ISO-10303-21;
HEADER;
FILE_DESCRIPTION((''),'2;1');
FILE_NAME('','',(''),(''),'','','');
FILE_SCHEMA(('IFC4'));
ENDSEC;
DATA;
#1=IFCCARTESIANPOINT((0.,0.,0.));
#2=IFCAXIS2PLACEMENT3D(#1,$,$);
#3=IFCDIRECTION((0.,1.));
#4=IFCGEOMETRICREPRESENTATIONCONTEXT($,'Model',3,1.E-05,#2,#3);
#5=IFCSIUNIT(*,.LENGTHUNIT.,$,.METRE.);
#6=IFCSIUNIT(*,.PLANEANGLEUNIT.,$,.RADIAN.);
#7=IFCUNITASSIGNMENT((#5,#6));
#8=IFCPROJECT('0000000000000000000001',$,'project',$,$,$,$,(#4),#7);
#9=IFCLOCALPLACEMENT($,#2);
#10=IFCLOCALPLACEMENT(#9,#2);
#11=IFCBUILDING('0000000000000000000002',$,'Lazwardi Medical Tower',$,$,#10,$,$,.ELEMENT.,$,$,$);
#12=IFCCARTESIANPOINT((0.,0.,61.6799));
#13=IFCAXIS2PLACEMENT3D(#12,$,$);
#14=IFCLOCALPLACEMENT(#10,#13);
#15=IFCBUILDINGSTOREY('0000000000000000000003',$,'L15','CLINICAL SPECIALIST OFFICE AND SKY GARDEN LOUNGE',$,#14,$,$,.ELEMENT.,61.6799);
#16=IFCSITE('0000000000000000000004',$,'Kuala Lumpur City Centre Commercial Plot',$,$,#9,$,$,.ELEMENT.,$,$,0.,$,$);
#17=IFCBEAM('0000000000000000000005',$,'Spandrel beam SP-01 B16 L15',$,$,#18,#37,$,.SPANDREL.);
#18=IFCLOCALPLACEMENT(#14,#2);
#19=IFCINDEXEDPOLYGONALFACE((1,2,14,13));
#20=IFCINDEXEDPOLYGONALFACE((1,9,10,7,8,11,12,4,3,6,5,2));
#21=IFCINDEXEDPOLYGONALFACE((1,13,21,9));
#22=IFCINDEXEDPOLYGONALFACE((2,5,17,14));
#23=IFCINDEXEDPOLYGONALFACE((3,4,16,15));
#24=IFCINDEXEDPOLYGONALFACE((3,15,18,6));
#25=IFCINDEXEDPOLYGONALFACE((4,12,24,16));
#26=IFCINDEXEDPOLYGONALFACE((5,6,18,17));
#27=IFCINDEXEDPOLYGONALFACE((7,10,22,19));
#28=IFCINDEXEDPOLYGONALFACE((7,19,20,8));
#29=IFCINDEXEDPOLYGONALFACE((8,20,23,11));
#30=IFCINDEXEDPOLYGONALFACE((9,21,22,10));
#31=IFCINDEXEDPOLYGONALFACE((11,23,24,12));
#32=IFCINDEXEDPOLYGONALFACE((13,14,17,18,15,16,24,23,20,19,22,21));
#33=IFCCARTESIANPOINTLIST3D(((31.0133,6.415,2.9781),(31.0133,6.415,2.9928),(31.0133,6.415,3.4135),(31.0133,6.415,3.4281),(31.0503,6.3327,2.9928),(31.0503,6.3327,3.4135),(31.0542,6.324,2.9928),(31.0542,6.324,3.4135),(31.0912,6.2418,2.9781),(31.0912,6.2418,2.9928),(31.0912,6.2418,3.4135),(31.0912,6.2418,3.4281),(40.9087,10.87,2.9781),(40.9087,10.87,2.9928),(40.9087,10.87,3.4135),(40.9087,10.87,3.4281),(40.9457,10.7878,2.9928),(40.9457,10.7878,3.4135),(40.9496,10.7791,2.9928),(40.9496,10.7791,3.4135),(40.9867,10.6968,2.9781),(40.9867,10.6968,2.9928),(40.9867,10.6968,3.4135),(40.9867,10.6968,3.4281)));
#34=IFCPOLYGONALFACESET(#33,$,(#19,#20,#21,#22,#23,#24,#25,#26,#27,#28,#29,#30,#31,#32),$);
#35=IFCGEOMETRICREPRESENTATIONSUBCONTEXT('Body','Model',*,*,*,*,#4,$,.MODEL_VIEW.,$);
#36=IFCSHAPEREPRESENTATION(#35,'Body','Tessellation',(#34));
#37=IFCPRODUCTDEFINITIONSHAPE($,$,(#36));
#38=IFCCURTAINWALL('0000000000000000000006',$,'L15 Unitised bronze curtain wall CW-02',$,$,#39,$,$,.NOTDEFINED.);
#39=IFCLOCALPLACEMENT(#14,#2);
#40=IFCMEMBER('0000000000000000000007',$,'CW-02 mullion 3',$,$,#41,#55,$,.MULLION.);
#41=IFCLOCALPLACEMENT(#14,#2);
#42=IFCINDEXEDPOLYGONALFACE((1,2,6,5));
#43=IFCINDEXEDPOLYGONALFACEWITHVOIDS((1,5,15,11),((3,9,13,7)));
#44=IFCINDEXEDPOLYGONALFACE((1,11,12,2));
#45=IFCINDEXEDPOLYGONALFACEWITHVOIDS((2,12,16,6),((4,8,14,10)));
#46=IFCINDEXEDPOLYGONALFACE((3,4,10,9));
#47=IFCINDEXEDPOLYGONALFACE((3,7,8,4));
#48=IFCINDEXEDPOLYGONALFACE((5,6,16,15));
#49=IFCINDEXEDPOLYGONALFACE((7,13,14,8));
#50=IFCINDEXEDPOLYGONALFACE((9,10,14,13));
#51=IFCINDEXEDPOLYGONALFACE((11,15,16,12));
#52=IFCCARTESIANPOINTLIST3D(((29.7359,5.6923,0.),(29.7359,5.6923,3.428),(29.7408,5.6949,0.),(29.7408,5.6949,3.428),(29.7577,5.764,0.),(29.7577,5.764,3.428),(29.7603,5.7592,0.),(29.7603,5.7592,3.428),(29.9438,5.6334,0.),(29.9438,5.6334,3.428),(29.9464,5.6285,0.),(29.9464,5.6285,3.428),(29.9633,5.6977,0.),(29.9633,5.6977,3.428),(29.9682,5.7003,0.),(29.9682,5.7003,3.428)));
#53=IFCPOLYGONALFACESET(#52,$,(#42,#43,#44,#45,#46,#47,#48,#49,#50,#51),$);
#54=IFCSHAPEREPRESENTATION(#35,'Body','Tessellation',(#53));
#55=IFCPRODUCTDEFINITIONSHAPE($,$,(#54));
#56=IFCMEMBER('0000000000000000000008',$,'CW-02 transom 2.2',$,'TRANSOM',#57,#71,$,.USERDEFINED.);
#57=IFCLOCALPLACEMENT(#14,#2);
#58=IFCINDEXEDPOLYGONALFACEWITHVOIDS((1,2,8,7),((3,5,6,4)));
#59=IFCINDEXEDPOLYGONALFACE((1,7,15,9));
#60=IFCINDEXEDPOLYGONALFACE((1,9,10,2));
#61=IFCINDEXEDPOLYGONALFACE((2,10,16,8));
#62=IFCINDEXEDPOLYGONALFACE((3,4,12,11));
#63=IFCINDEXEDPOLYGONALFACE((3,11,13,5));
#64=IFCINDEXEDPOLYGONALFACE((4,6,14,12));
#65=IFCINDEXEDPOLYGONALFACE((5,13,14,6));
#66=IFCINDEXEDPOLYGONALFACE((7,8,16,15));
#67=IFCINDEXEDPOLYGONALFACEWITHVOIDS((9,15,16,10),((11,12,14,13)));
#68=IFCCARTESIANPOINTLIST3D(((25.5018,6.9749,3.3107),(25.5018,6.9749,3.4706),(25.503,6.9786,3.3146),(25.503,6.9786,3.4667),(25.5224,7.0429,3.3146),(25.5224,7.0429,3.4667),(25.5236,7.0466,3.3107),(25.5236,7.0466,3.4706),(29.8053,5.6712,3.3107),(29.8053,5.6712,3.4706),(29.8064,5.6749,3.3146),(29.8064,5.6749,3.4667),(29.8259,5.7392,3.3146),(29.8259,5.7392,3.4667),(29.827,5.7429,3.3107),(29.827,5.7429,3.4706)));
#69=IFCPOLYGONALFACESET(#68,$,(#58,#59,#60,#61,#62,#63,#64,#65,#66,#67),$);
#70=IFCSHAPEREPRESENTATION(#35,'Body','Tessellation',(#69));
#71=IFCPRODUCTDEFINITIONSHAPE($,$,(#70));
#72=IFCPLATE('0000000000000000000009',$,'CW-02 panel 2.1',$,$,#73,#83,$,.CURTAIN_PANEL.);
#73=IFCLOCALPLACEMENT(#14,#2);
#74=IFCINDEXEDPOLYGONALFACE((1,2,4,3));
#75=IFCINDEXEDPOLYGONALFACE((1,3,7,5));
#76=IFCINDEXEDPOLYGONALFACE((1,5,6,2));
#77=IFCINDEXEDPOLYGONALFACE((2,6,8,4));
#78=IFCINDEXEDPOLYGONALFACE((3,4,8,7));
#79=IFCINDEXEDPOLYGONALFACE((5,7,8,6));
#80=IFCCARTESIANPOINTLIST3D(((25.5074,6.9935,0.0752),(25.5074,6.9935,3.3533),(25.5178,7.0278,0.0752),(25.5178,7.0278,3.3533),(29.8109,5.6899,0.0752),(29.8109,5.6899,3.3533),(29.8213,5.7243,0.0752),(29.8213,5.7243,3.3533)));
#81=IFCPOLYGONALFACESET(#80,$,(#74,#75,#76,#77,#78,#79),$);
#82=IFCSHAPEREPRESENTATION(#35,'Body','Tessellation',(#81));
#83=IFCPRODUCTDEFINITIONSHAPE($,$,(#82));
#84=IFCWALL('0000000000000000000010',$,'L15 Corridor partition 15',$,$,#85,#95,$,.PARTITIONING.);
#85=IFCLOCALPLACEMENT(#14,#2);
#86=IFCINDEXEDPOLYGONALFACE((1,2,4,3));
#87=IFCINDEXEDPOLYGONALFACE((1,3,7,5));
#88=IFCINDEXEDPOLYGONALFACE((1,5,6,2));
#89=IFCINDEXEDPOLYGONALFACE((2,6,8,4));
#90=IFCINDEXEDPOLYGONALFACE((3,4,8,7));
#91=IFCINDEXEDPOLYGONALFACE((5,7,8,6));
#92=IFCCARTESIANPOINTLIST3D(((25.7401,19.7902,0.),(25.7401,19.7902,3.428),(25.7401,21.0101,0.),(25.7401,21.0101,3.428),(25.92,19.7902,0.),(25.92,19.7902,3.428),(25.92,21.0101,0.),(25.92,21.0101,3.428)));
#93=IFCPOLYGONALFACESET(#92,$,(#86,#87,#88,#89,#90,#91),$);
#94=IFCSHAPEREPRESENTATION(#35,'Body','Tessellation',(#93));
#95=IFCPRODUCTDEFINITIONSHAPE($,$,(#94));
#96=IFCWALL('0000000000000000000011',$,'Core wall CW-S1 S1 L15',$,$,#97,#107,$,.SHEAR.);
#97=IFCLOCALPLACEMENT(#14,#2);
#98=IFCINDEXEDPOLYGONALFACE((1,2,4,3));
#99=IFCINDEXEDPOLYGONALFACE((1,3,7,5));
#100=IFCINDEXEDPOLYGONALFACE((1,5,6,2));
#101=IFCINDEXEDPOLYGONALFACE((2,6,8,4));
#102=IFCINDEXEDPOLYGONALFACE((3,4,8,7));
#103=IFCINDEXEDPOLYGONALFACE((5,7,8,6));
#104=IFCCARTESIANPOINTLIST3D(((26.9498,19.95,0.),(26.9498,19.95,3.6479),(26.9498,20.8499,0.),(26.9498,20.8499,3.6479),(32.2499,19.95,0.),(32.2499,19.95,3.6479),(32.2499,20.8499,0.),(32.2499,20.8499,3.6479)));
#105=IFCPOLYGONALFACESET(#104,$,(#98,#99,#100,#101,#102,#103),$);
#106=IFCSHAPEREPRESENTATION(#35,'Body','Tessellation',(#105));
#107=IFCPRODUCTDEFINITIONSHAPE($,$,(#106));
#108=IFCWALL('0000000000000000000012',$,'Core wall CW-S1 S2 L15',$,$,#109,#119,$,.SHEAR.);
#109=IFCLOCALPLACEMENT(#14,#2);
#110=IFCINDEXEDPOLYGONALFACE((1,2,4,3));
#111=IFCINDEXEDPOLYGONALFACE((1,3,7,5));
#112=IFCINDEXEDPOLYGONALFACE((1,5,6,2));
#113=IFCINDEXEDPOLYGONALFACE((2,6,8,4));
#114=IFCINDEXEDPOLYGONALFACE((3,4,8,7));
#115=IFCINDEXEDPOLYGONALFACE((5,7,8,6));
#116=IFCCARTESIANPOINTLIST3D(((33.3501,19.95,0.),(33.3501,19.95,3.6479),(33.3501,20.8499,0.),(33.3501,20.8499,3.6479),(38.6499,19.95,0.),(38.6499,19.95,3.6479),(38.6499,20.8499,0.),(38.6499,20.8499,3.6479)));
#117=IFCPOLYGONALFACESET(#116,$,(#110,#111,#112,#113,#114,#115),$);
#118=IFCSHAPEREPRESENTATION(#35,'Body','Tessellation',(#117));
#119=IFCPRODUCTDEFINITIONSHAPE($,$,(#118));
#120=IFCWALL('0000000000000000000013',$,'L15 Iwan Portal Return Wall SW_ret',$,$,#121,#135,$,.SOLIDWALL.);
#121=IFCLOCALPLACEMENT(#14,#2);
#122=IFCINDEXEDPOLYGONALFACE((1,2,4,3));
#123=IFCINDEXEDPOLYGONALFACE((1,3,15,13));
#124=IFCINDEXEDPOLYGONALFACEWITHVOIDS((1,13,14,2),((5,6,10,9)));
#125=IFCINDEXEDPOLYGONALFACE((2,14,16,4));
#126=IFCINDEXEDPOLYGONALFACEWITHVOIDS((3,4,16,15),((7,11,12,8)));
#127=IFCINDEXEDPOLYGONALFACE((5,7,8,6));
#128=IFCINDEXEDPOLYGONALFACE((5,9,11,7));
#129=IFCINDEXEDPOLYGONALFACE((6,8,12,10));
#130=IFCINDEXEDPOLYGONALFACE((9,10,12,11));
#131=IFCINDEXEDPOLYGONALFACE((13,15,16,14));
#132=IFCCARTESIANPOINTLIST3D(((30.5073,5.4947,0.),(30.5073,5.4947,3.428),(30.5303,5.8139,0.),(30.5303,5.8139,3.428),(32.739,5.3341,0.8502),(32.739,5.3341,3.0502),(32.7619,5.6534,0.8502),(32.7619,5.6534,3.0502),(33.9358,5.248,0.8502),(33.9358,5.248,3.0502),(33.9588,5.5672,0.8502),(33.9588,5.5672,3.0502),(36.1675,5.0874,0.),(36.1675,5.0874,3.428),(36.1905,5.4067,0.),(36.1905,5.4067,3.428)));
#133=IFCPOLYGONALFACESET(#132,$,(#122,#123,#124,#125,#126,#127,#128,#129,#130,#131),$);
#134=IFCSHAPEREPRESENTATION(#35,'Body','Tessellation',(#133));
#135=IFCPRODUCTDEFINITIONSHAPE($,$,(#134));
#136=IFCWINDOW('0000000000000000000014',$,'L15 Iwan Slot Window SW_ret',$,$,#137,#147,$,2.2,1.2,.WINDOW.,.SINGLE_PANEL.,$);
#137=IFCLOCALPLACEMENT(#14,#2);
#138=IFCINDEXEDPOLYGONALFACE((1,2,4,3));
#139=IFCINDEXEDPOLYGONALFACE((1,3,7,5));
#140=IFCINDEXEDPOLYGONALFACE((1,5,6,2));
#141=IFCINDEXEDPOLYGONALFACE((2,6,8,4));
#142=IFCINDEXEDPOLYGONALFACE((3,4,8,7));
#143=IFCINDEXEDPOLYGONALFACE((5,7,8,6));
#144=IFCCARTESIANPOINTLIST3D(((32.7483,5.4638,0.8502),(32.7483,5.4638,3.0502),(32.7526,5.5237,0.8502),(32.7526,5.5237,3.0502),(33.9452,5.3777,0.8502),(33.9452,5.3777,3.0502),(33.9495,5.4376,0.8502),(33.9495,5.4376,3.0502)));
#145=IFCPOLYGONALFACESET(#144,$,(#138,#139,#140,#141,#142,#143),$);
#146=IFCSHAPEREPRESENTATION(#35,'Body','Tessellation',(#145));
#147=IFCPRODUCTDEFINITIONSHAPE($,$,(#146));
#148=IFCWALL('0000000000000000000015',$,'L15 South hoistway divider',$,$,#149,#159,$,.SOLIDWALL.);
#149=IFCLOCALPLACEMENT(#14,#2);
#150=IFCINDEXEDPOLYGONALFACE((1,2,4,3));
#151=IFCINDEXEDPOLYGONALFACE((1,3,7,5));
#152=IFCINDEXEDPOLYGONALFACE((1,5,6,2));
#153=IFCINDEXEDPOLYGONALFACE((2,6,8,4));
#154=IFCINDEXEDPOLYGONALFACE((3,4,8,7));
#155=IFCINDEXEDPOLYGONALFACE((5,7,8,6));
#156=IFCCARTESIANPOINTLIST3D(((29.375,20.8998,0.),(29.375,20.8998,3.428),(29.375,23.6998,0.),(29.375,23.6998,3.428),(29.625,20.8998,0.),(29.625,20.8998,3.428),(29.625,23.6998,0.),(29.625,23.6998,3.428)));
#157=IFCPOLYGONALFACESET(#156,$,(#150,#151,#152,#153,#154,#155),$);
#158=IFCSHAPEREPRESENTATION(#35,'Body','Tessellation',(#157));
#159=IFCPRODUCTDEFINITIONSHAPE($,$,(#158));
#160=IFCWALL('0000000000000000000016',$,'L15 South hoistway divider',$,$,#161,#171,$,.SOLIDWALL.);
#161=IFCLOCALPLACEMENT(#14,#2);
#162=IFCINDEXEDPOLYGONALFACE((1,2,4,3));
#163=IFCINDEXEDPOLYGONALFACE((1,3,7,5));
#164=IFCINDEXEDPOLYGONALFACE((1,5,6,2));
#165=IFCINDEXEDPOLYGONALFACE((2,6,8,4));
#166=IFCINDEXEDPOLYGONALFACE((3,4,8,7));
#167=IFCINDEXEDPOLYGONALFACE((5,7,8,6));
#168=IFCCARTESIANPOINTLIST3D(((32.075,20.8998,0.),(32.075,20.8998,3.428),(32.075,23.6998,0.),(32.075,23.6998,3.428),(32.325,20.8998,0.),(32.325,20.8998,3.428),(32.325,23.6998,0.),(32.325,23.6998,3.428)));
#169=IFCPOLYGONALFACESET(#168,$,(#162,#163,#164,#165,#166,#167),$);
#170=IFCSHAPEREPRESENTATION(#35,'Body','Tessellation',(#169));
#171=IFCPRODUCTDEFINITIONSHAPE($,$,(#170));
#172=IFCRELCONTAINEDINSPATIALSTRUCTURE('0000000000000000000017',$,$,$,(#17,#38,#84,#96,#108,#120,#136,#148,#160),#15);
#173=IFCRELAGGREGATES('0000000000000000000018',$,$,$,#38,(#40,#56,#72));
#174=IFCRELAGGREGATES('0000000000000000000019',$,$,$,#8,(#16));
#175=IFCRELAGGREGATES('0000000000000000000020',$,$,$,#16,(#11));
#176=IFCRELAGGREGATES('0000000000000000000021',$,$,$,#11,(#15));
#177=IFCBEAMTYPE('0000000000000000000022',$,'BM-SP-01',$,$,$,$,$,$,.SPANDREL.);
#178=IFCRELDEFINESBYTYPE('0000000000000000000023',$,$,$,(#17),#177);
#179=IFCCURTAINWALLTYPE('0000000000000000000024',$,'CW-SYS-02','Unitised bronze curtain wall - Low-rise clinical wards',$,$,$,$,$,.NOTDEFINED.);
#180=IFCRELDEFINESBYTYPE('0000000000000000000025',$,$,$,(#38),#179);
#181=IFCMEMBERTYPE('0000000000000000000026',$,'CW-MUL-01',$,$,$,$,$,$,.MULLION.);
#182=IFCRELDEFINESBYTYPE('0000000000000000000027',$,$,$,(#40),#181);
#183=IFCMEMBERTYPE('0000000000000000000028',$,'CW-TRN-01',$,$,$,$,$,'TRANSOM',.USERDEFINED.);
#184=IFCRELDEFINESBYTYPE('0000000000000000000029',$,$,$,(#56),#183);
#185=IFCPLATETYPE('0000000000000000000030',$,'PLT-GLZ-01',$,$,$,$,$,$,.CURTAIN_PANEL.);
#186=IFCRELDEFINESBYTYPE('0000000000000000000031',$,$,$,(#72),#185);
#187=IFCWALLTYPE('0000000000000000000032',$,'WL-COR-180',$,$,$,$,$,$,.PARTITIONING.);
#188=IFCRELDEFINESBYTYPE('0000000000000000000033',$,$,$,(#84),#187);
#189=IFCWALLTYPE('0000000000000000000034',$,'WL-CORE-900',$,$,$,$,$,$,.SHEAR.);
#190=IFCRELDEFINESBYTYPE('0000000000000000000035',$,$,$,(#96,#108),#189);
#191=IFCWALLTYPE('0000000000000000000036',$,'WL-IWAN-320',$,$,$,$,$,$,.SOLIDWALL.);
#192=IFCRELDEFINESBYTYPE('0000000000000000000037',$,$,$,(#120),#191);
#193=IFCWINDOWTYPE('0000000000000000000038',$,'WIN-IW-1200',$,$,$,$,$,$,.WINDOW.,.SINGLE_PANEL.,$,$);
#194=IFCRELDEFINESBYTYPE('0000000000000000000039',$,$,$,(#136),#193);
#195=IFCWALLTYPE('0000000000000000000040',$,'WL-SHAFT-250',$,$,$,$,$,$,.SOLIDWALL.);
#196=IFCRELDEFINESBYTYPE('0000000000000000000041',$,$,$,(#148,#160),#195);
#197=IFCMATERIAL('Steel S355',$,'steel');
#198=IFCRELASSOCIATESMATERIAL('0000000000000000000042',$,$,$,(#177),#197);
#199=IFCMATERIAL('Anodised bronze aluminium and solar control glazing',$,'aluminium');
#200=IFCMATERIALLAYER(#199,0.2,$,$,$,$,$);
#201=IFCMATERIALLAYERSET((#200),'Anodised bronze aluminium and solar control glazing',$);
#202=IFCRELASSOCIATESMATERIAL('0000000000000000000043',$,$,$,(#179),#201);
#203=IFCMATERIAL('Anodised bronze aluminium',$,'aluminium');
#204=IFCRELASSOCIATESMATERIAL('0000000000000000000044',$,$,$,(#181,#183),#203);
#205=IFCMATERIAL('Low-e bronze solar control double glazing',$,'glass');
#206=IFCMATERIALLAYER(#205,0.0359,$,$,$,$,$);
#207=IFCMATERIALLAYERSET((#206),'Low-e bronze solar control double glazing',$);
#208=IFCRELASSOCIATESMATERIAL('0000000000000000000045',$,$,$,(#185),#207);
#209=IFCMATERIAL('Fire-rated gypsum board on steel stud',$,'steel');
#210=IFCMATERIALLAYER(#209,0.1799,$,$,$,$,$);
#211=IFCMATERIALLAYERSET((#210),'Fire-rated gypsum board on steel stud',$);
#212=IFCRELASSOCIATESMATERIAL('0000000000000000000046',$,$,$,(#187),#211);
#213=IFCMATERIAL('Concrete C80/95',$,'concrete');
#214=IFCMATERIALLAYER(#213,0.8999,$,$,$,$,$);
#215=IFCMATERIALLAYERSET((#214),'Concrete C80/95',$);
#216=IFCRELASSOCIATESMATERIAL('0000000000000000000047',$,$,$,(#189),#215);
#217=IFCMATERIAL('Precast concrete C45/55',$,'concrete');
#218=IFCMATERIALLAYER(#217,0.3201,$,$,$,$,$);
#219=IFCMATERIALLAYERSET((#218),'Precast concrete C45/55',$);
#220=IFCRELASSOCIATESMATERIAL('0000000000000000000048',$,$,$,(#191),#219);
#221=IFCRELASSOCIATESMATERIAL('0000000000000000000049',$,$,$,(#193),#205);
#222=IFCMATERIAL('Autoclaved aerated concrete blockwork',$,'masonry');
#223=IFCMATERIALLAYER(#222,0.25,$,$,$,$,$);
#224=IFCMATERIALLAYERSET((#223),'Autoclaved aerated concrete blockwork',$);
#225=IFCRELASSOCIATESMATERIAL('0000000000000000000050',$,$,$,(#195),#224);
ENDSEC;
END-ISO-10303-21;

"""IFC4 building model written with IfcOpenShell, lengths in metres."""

from ifc_helpers import new_model, si_unit, direction, frame, frame_2d, origin, origin_2d, place, context, subcontext, project, spatial, rectangle, hollow_rectangle, i_section, extrude, material, layer, layer_set, material_profile, profile_set, type_object, element, fill, aggregate, save


model = new_model("IFC4")

# Units and contexts
model_context = context("Model", 3, precision=1e-05, world=origin(), true_north=direction((0.0, 1.0)))
body_context = subcontext(model_context, "Body", "Model", "MODEL_VIEW")
ifc_project = project(units=[si_unit("LENGTHUNIT", "METRE"), si_unit("PLANEANGLEUNIT", "RADIAN")], contexts=[model_context])

# Site, building, storey
site_placement = place(None, origin())
site = spatial("IfcSite", under=ifc_project, at=site_placement, Name="Kuala Lumpur City Centre Commercial Plot", CompositionType="ELEMENT", RefElevation=0.0)
building_placement = place(site_placement, origin())
building = spatial("IfcBuilding", under=site, at=building_placement, Name="Lazwardi Medical Tower", CompositionType="ELEMENT")
storey_placement = place(building_placement, frame((0.0, 0.0, 61.6799)))
storey = spatial("IfcBuildingStorey", under=building, at=storey_placement, Name="L15", Description="CLINICAL SPECIALIST OFFICE AND SKY GARDEN LOUNGE", CompositionType="ELEMENT", Elevation=61.6799)

# Shared definitions
ifc_material_1 = material(Name="Concrete C80/95", Category="concrete")

# Beam
ifc_material_2 = material(Name="Steel S355", Category="steel")
ifc_material_profile_1 = material_profile(ifc_material_2, i_section(OverallWidth=0.1899, OverallDepth=0.45, WebThickness=0.0095, FlangeThickness=0.0146, at=origin_2d()), Name="IPE 450")
ifc_profile_set_1 = profile_set([ifc_material_profile_1], Name="Steel S355")
beam_type_1 = type_object("IfcBeamType", Name="BM-SP-01", PredefinedType="SPANDREL", material=ifc_profile_set_1)
beam_1_placement = place(storey_placement, frame((31.0522, 6.3284, 3.2031), z_axis=(0.911849, 0.410526, 0.0), x_axis=(-0.410526, 0.911849, 0.0)))
element("IfcBeam", 1, at=beam_1_placement, inside=storey, type_object=beam_type_1, Name="Spandrel beam SP-01 B16 L15", PredefinedType="SPANDREL", context=body_context, shape_type="SweptSolid", body=[
    extrude(i_section(OverallWidth=0.1899, OverallDepth=0.45, WebThickness=0.0095, FlangeThickness=0.0146, at=origin_2d()), origin(), (0.0, 0.0, 1.0), 10.8521),
])

# Curtain wall, members, plate
ifc_material_3 = material(Name="Anodised bronze aluminium and solar control glazing", Category="aluminium")
ifc_layer_1 = layer(ifc_material_3, 0.2)
ifc_layer_set_1 = layer_set([ifc_layer_1], Name="Anodised bronze aluminium and solar control glazing")
curtain_wall_type = type_object("IfcCurtainWallType", Name="CW-SYS-02", Description="Unitised bronze curtain wall - Low-rise clinical wards", PredefinedType="NOTDEFINED", material=ifc_layer_set_1)
curtain_wall_placement = place(storey_placement, origin())
curtain_wall = element("IfcCurtainWall", 2, at=curtain_wall_placement, inside=storey, type_object=curtain_wall_type, Name="L15 Unitised bronze curtain wall CW-02", PredefinedType="NOTDEFINED")
ifc_material_4 = material(Name="Anodised bronze aluminium", Category="aluminium")
ifc_material_profile_2 = material_profile(ifc_material_4, hollow_rectangle(XDim=0.075, YDim=0.22, WallThickness=0.0039, at=origin_2d()), Name="ALU-MULLION 220x75x4")
ifc_profile_set_2 = profile_set([ifc_material_profile_2], Name="Anodised bronze aluminium")
member_type_1 = type_object("IfcMemberType", Name="CW-MUL-01", PredefinedType="MULLION", material=ifc_profile_set_2)
member_1_placement = place(storey_placement, frame((29.8521, 5.6963, 0.0), z_axis=(0.0, 0.0, 1.0), x_axis=(0.289896, 0.957058, 0.0)))
member_1 = element("IfcMember", 3, at=member_1_placement, type_object=member_type_1, Name="CW-02 mullion 3", PredefinedType="MULLION", context=body_context, shape_type="SweptSolid", body=[
    extrude(hollow_rectangle(XDim=0.075, YDim=0.22, WallThickness=0.0039, at=origin_2d()), origin(), (0.0, 0.0, 1.0), 3.428),
])
ifc_material_profile_3 = material_profile(ifc_material_4, hollow_rectangle(XDim=0.075, YDim=0.1599, WallThickness=0.0039, at=origin_2d()), Name="ALU-TRANSOM 160x75x4")
ifc_profile_set_3 = profile_set([ifc_material_profile_3], Name="Anodised bronze aluminium")
member_type_2 = type_object("IfcMemberType", Name="CW-TRN-01", ElementType="TRANSOM", PredefinedType="USERDEFINED", material=ifc_profile_set_3)
member_2_placement = place(storey_placement, frame((25.5127, 7.0107, 3.3906), z_axis=(0.957047, -0.289932, 0.0), x_axis=(0.289932, 0.957047, 0.0)))
member_2 = element("IfcMember", 4, at=member_2_placement, type_object=member_type_2, Name="CW-02 transom 2.2", ObjectType="TRANSOM", PredefinedType="USERDEFINED", context=body_context, shape_type="SweptSolid", body=[
    extrude(hollow_rectangle(XDim=0.075, YDim=0.1599, WallThickness=0.0039, at=origin_2d()), origin(), (0.0, 0.0, 1.0), 4.4966),
])
ifc_material_5 = material(Name="Low-e bronze solar control double glazing", Category="glass")
ifc_layer_2 = layer(ifc_material_5, 0.0359)
ifc_layer_set_2 = layer_set([ifc_layer_2], Name="Low-e bronze solar control double glazing")
plate_type = type_object("IfcPlateType", Name="PLT-GLZ-01", PredefinedType="CURTAIN_PANEL", material=ifc_layer_set_2)
plate_placement = place(storey_placement, frame((27.6643, 6.3589, 0.0752), z_axis=(0.0, 0.0, 1.0), x_axis=(0.957058, -0.289896, 0.0)))
plate = element("IfcPlate", 5, at=plate_placement, type_object=plate_type, Name="CW-02 panel 2.1", PredefinedType="CURTAIN_PANEL", context=body_context, shape_type="SweptSolid", body=[
    extrude(rectangle(XDim=4.4966, YDim=0.0359, at=origin_2d()), origin(), (0.0, 0.0, 1.0), 3.2781),
])
aggregate(curtain_wall, [member_1, member_2, plate])

# Wall
ifc_material_6 = material(Name="Fire-rated gypsum board on steel stud", Category="steel")
ifc_layer_3 = layer(ifc_material_6, 0.1799)
ifc_layer_set_3 = layer_set([ifc_layer_3], Name="Fire-rated gypsum board on steel stud")
wall_type_1 = type_object("IfcWallType", Name="WL-COR-180", PredefinedType="PARTITIONING", material=ifc_layer_set_3)
wall_1_placement = place(storey_placement, frame((25.8301, 21.01, 0.0), z_axis=(0.0, 0.0, 1.0), x_axis=(0.0, -1.0, 0.0)))
element("IfcWall", 6, at=wall_1_placement, inside=storey, type_object=wall_type_1, Name="L15 Corridor partition 15", PredefinedType="PARTITIONING", context=body_context, shape_type="SweptSolid", body=[
    extrude(rectangle(XDim=1.22, YDim=0.1799, at=frame_2d((0.6099, 0.0))), origin(), (0.0, 0.0, 1.0), 3.428),
])

# Shared definitions
ifc_layer_4 = layer(ifc_material_1, 0.8999)
ifc_layer_set_4 = layer_set([ifc_layer_4], Name="Concrete C80/95")
wall_type_2 = type_object("IfcWallType", Name="WL-CORE-900", PredefinedType="SHEAR", material=ifc_layer_set_4)

# Walls
wall_2_placement = place(storey_placement, frame((26.95, 20.3999, 0.0), z_axis=(0.0, 0.0, 1.0), x_axis=(1.0, 0.0, 0.0)))
element("IfcWall", 7, at=wall_2_placement, inside=storey, type_object=wall_type_2, Name="Core wall CW-S1 S1 L15", PredefinedType="SHEAR", context=body_context, shape_type="SweptSolid", body=[
    extrude(rectangle(XDim=5.3, YDim=0.8999, at=frame_2d((2.6499, 0.0))), origin(), (0.0, 0.0, 1.0), 3.6479),
])
wall_3_placement = place(storey_placement, frame((33.3501, 20.3999, 0.0), z_axis=(0.0, 0.0, 1.0), x_axis=(1.0, 0.0, 0.0)))
element("IfcWall", 8, at=wall_3_placement, inside=storey, type_object=wall_type_2, Name="Core wall CW-S1 S2 L15", PredefinedType="SHEAR", context=body_context, shape_type="SweptSolid", body=[
    extrude(rectangle(XDim=5.2998, YDim=0.8999, at=frame_2d((2.6499, 0.0))), origin(), (0.0, 0.0, 1.0), 3.6479),
])

# Wall, opening, window
ifc_material_7 = material(Name="Precast concrete C45/55", Category="concrete")
ifc_layer_5 = layer(ifc_material_7, 0.3201)
ifc_layer_set_5 = layer_set([ifc_layer_5], Name="Precast concrete C45/55")
wall_type_3 = type_object("IfcWallType", Name="WL-IWAN-320", PredefinedType="SOLIDWALL", material=ifc_layer_set_5)
wall_4_placement = place(storey_placement, frame((30.5188, 5.6543, 0.0), z_axis=(0.0, 0.0, 1.0), x_axis=(0.997422, -0.071761, 0.0)))
wall_4 = element("IfcWall", 9, at=wall_4_placement, inside=storey, type_object=wall_type_3, Name="L15 Iwan Portal Return Wall SW_ret", PredefinedType="SOLIDWALL", context=body_context, shape_type="SweptSolid", body=[
    extrude(rectangle(XDim=5.6748, YDim=0.3201, at=frame_2d((2.8374, 0.0))), origin(), (0.0, 0.0, 1.0), 3.428),
])
opening_1_placement = place(wall_4_placement, frame((2.2373, 0.0, 0.8501)))
opening_1 = element("IfcOpeningElement", 10, at=opening_1_placement, cuts=wall_4, PredefinedType="OPENING", context=body_context, shape_type="SweptSolid", body=[
    extrude(rectangle(XDim=1.2, YDim=2.2, at=frame_2d((0.6001, 1.1001))), frame((0.0, 0.1699, 0.0), z_axis=(0.0, -1.0, 0.0), x_axis=(1.0, 0.0, 0.0)), (0.0, 0.0, 1.0), 0.3401),
])
window_type = type_object("IfcWindowType", Name="WIN-IW-1200", PartitioningType="SINGLE_PANEL", PredefinedType="WINDOW", material=ifc_material_5)
window_placement = place(opening_1_placement, origin())
window = element("IfcWindow", 11, at=window_placement, inside=storey, type_object=window_type, Name="L15 Iwan Slot Window SW_ret", OverallHeight=2.2, OverallWidth=1.2, PartitioningType="SINGLE_PANEL", PredefinedType="WINDOW", context=body_context, shape_type="SweptSolid", body=[
    extrude(rectangle(XDim=1.2, YDim=2.2, at=frame_2d((0.6001, 1.1001))), frame((0.0, 0.03, 0.0), z_axis=(0.0, -1.0, 0.0), x_axis=(1.0, 0.0, 0.0)), (0.0, 0.0, 1.0), 0.0601),
])
fill(opening_1, window)

# Walls
ifc_material_8 = material(Name="Autoclaved aerated concrete blockwork", Category="masonry")
ifc_layer_6 = layer(ifc_material_8, 0.25)
ifc_layer_set_6 = layer_set([ifc_layer_6], Name="Autoclaved aerated concrete blockwork")
wall_type_4 = type_object("IfcWallType", Name="WL-SHAFT-250", PredefinedType="SOLIDWALL", material=ifc_layer_set_6)
for number, where, z_axis, x_axis, name in (
    (12, (29.5, 20.8999, 0.0), (0.0, 0.0, 1.0), (0.0, 1.0, 0.0), "L15 South hoistway divider"),
    (13, (32.2, 20.8999, 0.0), (0.0, 0.0, 1.0), (0.0, 1.0, 0.0), "L15 South hoistway divider"),
):
    element("IfcWall", number, at=place(storey_placement, frame(where, z_axis=z_axis, x_axis=x_axis)), inside=storey, type_object=wall_type_4, Name=name, PredefinedType="SOLIDWALL", context=body_context, shape_type="SweptSolid", body=[
        extrude(rectangle(XDim=2.8, YDim=0.25, at=frame_2d((1.3999, 0.0))), origin(), (0.0, 0.0, 1.0), 3.428),
    ])

save(model, "model.ifc")
